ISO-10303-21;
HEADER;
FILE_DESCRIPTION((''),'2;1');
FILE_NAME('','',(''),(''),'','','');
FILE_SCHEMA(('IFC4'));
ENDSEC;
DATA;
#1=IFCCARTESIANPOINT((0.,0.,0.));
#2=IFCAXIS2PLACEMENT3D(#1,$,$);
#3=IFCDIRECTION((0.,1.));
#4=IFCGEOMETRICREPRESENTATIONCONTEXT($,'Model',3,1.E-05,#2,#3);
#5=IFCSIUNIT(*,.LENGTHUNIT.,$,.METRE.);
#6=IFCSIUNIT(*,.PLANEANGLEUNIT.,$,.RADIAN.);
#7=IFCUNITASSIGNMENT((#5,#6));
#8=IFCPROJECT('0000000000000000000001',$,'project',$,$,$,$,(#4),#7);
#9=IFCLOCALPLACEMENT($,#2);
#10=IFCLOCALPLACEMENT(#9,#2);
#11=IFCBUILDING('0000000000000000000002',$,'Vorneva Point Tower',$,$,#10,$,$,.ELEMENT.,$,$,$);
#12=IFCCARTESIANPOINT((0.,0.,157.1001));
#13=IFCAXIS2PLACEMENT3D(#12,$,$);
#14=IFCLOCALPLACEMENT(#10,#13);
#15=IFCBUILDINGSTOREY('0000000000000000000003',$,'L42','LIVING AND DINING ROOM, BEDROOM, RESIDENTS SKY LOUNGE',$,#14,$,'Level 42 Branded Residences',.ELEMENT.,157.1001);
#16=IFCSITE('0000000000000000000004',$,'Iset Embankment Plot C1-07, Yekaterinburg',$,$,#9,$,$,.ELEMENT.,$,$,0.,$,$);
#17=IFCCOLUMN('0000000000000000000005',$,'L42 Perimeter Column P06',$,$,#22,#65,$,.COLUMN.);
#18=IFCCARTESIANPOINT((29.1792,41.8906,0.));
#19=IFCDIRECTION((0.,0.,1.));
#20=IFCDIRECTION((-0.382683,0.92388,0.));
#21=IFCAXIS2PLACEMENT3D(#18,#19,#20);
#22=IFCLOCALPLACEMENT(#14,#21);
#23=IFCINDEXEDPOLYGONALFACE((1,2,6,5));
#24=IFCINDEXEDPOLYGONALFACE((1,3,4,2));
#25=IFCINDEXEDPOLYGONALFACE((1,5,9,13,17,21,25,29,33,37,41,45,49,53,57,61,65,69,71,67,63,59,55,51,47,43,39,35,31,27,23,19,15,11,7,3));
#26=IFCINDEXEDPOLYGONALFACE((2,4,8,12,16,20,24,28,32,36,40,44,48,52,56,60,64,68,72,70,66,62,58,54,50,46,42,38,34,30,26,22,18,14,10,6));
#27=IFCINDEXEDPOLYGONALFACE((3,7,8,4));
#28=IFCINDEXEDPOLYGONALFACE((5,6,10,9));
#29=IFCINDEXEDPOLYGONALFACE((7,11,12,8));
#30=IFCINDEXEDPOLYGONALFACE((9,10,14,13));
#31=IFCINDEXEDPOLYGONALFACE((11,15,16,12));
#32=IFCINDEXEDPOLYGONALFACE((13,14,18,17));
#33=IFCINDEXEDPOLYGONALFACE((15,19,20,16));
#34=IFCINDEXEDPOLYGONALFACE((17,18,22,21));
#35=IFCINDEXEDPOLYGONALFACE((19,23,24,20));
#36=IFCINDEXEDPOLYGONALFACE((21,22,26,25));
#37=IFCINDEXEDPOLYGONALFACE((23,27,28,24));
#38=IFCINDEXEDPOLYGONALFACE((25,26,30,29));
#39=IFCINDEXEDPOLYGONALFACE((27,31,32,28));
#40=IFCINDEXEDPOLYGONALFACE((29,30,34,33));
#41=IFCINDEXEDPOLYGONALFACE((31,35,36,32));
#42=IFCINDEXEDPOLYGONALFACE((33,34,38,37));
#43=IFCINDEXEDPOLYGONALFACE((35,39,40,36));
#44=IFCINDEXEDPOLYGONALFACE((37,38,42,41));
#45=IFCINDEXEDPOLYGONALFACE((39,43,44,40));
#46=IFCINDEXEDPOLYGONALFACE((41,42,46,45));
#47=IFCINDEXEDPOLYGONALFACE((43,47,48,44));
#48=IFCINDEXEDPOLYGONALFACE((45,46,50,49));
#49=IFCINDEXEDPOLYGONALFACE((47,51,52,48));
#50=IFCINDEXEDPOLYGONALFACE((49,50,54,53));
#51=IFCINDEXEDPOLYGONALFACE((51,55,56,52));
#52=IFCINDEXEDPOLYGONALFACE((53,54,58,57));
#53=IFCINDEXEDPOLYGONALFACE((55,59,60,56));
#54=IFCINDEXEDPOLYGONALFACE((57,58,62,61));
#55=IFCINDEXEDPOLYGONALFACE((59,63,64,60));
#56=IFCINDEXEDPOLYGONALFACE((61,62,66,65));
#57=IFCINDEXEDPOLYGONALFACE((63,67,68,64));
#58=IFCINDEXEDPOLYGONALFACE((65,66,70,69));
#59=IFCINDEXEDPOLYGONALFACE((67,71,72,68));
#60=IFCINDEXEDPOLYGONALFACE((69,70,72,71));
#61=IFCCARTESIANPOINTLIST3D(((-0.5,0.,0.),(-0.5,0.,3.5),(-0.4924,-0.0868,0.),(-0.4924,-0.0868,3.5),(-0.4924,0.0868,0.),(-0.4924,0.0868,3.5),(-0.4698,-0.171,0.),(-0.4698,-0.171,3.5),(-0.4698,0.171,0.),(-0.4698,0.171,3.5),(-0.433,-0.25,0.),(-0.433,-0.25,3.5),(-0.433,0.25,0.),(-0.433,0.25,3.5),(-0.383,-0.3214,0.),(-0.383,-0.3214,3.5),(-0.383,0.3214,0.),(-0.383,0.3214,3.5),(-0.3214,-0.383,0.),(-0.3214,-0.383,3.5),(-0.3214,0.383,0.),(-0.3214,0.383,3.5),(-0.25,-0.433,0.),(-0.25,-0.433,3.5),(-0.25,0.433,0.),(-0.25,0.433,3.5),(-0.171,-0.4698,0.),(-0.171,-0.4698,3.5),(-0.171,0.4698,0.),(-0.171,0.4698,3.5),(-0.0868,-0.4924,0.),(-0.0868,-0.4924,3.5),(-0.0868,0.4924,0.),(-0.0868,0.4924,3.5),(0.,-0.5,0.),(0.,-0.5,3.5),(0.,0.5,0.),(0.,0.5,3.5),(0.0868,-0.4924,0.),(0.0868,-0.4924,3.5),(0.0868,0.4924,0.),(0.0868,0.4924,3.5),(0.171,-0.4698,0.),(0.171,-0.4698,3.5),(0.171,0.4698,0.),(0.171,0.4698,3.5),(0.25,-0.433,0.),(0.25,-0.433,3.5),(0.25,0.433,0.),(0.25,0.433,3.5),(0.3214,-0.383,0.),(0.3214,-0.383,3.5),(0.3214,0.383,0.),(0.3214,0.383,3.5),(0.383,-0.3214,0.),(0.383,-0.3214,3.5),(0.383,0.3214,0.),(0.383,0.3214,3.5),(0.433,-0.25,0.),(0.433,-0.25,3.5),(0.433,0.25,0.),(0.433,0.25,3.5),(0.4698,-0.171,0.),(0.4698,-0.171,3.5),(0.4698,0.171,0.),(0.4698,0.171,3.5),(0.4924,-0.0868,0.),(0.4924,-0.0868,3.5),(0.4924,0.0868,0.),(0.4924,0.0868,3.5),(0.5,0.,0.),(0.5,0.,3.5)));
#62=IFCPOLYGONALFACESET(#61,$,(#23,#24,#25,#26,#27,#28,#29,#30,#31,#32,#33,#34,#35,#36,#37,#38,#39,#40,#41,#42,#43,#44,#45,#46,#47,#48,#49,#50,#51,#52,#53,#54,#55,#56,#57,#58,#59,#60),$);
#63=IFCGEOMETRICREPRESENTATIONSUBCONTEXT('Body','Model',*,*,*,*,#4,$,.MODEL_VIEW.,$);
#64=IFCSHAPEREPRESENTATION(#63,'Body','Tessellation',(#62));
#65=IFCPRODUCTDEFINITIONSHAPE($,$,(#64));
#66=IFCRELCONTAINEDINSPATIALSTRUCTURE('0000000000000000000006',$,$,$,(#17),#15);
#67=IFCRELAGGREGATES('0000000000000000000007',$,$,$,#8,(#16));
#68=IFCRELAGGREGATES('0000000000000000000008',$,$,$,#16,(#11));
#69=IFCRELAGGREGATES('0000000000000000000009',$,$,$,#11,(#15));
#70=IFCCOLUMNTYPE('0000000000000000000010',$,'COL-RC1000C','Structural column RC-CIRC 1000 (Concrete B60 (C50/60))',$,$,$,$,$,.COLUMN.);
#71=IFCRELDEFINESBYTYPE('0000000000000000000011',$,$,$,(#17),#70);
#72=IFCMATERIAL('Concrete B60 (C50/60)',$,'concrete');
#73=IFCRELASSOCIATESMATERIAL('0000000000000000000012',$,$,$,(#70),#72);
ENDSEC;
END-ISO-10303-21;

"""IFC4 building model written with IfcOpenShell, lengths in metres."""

from ifc_helpers import new_model, si_unit, direction, frame, origin, origin_2d, place, context, subcontext, project, spatial, circle, extrude, material, material_profile, profile_set, type_object, element, save


model = new_model("IFC4")

# Units and contexts
model_context = context("Model", 3, precision=1e-05, world=origin(), true_north=direction((0.0, 1.0)))
body_context = subcontext(model_context, "Body", "Model", "MODEL_VIEW")
ifc_project = project(units=[si_unit("LENGTHUNIT", "METRE"), si_unit("PLANEANGLEUNIT", "RADIAN")], contexts=[model_context])

# Site, building, storey
site_placement = place(None, origin())
site = spatial("IfcSite", under=ifc_project, at=site_placement, Name="Iset Embankment Plot C1-07, Yekaterinburg", CompositionType="ELEMENT", RefElevation=0.0)
building_placement = place(site_placement, origin())
building = spatial("IfcBuilding", under=site, at=building_placement, Name="Vorneva Point Tower", CompositionType="ELEMENT")
storey_placement = place(building_placement, frame((0.0, 0.0, 157.1001)))
storey = spatial("IfcBuildingStorey", under=building, at=storey_placement, Name="L42", Description="LIVING AND DINING ROOM, BEDROOM, RESIDENTS SKY LOUNGE", LongName="Level 42 Branded Residences", CompositionType="ELEMENT", Elevation=157.1001)

# Column
ifc_material_1 = material(Name="Concrete B60 (C50/60)", Category="concrete")
ifc_material_profile_1 = material_profile(ifc_material_1, circle(Radius=0.5, at=origin_2d()), Name="RC-CIRC 1000")
ifc_profile_set_1 = profile_set([ifc_material_profile_1], Name="Concrete B60 (C50/60)")
column_type = type_object("IfcColumnType", Name="COL-RC1000C", Description="Structural column RC-CIRC 1000 (Concrete B60 (C50/60))", PredefinedType="COLUMN", material=ifc_profile_set_1)
column_placement = place(storey_placement, frame((29.1792, 41.8906, 0.0), z_axis=(0.0, 0.0, 1.0), x_axis=(-0.382683, 0.92388, 0.0)))
element("IfcColumn", 1, at=column_placement, inside=storey, type_object=column_type, Name="L42 Perimeter Column P06", PredefinedType="COLUMN", context=body_context, shape_type="SweptSolid", body=[
    extrude(circle(Radius=0.5, at=origin_2d()), origin(), (0.0, 0.0, 1.0), 3.5),
])

save(model, "model.ifc")
